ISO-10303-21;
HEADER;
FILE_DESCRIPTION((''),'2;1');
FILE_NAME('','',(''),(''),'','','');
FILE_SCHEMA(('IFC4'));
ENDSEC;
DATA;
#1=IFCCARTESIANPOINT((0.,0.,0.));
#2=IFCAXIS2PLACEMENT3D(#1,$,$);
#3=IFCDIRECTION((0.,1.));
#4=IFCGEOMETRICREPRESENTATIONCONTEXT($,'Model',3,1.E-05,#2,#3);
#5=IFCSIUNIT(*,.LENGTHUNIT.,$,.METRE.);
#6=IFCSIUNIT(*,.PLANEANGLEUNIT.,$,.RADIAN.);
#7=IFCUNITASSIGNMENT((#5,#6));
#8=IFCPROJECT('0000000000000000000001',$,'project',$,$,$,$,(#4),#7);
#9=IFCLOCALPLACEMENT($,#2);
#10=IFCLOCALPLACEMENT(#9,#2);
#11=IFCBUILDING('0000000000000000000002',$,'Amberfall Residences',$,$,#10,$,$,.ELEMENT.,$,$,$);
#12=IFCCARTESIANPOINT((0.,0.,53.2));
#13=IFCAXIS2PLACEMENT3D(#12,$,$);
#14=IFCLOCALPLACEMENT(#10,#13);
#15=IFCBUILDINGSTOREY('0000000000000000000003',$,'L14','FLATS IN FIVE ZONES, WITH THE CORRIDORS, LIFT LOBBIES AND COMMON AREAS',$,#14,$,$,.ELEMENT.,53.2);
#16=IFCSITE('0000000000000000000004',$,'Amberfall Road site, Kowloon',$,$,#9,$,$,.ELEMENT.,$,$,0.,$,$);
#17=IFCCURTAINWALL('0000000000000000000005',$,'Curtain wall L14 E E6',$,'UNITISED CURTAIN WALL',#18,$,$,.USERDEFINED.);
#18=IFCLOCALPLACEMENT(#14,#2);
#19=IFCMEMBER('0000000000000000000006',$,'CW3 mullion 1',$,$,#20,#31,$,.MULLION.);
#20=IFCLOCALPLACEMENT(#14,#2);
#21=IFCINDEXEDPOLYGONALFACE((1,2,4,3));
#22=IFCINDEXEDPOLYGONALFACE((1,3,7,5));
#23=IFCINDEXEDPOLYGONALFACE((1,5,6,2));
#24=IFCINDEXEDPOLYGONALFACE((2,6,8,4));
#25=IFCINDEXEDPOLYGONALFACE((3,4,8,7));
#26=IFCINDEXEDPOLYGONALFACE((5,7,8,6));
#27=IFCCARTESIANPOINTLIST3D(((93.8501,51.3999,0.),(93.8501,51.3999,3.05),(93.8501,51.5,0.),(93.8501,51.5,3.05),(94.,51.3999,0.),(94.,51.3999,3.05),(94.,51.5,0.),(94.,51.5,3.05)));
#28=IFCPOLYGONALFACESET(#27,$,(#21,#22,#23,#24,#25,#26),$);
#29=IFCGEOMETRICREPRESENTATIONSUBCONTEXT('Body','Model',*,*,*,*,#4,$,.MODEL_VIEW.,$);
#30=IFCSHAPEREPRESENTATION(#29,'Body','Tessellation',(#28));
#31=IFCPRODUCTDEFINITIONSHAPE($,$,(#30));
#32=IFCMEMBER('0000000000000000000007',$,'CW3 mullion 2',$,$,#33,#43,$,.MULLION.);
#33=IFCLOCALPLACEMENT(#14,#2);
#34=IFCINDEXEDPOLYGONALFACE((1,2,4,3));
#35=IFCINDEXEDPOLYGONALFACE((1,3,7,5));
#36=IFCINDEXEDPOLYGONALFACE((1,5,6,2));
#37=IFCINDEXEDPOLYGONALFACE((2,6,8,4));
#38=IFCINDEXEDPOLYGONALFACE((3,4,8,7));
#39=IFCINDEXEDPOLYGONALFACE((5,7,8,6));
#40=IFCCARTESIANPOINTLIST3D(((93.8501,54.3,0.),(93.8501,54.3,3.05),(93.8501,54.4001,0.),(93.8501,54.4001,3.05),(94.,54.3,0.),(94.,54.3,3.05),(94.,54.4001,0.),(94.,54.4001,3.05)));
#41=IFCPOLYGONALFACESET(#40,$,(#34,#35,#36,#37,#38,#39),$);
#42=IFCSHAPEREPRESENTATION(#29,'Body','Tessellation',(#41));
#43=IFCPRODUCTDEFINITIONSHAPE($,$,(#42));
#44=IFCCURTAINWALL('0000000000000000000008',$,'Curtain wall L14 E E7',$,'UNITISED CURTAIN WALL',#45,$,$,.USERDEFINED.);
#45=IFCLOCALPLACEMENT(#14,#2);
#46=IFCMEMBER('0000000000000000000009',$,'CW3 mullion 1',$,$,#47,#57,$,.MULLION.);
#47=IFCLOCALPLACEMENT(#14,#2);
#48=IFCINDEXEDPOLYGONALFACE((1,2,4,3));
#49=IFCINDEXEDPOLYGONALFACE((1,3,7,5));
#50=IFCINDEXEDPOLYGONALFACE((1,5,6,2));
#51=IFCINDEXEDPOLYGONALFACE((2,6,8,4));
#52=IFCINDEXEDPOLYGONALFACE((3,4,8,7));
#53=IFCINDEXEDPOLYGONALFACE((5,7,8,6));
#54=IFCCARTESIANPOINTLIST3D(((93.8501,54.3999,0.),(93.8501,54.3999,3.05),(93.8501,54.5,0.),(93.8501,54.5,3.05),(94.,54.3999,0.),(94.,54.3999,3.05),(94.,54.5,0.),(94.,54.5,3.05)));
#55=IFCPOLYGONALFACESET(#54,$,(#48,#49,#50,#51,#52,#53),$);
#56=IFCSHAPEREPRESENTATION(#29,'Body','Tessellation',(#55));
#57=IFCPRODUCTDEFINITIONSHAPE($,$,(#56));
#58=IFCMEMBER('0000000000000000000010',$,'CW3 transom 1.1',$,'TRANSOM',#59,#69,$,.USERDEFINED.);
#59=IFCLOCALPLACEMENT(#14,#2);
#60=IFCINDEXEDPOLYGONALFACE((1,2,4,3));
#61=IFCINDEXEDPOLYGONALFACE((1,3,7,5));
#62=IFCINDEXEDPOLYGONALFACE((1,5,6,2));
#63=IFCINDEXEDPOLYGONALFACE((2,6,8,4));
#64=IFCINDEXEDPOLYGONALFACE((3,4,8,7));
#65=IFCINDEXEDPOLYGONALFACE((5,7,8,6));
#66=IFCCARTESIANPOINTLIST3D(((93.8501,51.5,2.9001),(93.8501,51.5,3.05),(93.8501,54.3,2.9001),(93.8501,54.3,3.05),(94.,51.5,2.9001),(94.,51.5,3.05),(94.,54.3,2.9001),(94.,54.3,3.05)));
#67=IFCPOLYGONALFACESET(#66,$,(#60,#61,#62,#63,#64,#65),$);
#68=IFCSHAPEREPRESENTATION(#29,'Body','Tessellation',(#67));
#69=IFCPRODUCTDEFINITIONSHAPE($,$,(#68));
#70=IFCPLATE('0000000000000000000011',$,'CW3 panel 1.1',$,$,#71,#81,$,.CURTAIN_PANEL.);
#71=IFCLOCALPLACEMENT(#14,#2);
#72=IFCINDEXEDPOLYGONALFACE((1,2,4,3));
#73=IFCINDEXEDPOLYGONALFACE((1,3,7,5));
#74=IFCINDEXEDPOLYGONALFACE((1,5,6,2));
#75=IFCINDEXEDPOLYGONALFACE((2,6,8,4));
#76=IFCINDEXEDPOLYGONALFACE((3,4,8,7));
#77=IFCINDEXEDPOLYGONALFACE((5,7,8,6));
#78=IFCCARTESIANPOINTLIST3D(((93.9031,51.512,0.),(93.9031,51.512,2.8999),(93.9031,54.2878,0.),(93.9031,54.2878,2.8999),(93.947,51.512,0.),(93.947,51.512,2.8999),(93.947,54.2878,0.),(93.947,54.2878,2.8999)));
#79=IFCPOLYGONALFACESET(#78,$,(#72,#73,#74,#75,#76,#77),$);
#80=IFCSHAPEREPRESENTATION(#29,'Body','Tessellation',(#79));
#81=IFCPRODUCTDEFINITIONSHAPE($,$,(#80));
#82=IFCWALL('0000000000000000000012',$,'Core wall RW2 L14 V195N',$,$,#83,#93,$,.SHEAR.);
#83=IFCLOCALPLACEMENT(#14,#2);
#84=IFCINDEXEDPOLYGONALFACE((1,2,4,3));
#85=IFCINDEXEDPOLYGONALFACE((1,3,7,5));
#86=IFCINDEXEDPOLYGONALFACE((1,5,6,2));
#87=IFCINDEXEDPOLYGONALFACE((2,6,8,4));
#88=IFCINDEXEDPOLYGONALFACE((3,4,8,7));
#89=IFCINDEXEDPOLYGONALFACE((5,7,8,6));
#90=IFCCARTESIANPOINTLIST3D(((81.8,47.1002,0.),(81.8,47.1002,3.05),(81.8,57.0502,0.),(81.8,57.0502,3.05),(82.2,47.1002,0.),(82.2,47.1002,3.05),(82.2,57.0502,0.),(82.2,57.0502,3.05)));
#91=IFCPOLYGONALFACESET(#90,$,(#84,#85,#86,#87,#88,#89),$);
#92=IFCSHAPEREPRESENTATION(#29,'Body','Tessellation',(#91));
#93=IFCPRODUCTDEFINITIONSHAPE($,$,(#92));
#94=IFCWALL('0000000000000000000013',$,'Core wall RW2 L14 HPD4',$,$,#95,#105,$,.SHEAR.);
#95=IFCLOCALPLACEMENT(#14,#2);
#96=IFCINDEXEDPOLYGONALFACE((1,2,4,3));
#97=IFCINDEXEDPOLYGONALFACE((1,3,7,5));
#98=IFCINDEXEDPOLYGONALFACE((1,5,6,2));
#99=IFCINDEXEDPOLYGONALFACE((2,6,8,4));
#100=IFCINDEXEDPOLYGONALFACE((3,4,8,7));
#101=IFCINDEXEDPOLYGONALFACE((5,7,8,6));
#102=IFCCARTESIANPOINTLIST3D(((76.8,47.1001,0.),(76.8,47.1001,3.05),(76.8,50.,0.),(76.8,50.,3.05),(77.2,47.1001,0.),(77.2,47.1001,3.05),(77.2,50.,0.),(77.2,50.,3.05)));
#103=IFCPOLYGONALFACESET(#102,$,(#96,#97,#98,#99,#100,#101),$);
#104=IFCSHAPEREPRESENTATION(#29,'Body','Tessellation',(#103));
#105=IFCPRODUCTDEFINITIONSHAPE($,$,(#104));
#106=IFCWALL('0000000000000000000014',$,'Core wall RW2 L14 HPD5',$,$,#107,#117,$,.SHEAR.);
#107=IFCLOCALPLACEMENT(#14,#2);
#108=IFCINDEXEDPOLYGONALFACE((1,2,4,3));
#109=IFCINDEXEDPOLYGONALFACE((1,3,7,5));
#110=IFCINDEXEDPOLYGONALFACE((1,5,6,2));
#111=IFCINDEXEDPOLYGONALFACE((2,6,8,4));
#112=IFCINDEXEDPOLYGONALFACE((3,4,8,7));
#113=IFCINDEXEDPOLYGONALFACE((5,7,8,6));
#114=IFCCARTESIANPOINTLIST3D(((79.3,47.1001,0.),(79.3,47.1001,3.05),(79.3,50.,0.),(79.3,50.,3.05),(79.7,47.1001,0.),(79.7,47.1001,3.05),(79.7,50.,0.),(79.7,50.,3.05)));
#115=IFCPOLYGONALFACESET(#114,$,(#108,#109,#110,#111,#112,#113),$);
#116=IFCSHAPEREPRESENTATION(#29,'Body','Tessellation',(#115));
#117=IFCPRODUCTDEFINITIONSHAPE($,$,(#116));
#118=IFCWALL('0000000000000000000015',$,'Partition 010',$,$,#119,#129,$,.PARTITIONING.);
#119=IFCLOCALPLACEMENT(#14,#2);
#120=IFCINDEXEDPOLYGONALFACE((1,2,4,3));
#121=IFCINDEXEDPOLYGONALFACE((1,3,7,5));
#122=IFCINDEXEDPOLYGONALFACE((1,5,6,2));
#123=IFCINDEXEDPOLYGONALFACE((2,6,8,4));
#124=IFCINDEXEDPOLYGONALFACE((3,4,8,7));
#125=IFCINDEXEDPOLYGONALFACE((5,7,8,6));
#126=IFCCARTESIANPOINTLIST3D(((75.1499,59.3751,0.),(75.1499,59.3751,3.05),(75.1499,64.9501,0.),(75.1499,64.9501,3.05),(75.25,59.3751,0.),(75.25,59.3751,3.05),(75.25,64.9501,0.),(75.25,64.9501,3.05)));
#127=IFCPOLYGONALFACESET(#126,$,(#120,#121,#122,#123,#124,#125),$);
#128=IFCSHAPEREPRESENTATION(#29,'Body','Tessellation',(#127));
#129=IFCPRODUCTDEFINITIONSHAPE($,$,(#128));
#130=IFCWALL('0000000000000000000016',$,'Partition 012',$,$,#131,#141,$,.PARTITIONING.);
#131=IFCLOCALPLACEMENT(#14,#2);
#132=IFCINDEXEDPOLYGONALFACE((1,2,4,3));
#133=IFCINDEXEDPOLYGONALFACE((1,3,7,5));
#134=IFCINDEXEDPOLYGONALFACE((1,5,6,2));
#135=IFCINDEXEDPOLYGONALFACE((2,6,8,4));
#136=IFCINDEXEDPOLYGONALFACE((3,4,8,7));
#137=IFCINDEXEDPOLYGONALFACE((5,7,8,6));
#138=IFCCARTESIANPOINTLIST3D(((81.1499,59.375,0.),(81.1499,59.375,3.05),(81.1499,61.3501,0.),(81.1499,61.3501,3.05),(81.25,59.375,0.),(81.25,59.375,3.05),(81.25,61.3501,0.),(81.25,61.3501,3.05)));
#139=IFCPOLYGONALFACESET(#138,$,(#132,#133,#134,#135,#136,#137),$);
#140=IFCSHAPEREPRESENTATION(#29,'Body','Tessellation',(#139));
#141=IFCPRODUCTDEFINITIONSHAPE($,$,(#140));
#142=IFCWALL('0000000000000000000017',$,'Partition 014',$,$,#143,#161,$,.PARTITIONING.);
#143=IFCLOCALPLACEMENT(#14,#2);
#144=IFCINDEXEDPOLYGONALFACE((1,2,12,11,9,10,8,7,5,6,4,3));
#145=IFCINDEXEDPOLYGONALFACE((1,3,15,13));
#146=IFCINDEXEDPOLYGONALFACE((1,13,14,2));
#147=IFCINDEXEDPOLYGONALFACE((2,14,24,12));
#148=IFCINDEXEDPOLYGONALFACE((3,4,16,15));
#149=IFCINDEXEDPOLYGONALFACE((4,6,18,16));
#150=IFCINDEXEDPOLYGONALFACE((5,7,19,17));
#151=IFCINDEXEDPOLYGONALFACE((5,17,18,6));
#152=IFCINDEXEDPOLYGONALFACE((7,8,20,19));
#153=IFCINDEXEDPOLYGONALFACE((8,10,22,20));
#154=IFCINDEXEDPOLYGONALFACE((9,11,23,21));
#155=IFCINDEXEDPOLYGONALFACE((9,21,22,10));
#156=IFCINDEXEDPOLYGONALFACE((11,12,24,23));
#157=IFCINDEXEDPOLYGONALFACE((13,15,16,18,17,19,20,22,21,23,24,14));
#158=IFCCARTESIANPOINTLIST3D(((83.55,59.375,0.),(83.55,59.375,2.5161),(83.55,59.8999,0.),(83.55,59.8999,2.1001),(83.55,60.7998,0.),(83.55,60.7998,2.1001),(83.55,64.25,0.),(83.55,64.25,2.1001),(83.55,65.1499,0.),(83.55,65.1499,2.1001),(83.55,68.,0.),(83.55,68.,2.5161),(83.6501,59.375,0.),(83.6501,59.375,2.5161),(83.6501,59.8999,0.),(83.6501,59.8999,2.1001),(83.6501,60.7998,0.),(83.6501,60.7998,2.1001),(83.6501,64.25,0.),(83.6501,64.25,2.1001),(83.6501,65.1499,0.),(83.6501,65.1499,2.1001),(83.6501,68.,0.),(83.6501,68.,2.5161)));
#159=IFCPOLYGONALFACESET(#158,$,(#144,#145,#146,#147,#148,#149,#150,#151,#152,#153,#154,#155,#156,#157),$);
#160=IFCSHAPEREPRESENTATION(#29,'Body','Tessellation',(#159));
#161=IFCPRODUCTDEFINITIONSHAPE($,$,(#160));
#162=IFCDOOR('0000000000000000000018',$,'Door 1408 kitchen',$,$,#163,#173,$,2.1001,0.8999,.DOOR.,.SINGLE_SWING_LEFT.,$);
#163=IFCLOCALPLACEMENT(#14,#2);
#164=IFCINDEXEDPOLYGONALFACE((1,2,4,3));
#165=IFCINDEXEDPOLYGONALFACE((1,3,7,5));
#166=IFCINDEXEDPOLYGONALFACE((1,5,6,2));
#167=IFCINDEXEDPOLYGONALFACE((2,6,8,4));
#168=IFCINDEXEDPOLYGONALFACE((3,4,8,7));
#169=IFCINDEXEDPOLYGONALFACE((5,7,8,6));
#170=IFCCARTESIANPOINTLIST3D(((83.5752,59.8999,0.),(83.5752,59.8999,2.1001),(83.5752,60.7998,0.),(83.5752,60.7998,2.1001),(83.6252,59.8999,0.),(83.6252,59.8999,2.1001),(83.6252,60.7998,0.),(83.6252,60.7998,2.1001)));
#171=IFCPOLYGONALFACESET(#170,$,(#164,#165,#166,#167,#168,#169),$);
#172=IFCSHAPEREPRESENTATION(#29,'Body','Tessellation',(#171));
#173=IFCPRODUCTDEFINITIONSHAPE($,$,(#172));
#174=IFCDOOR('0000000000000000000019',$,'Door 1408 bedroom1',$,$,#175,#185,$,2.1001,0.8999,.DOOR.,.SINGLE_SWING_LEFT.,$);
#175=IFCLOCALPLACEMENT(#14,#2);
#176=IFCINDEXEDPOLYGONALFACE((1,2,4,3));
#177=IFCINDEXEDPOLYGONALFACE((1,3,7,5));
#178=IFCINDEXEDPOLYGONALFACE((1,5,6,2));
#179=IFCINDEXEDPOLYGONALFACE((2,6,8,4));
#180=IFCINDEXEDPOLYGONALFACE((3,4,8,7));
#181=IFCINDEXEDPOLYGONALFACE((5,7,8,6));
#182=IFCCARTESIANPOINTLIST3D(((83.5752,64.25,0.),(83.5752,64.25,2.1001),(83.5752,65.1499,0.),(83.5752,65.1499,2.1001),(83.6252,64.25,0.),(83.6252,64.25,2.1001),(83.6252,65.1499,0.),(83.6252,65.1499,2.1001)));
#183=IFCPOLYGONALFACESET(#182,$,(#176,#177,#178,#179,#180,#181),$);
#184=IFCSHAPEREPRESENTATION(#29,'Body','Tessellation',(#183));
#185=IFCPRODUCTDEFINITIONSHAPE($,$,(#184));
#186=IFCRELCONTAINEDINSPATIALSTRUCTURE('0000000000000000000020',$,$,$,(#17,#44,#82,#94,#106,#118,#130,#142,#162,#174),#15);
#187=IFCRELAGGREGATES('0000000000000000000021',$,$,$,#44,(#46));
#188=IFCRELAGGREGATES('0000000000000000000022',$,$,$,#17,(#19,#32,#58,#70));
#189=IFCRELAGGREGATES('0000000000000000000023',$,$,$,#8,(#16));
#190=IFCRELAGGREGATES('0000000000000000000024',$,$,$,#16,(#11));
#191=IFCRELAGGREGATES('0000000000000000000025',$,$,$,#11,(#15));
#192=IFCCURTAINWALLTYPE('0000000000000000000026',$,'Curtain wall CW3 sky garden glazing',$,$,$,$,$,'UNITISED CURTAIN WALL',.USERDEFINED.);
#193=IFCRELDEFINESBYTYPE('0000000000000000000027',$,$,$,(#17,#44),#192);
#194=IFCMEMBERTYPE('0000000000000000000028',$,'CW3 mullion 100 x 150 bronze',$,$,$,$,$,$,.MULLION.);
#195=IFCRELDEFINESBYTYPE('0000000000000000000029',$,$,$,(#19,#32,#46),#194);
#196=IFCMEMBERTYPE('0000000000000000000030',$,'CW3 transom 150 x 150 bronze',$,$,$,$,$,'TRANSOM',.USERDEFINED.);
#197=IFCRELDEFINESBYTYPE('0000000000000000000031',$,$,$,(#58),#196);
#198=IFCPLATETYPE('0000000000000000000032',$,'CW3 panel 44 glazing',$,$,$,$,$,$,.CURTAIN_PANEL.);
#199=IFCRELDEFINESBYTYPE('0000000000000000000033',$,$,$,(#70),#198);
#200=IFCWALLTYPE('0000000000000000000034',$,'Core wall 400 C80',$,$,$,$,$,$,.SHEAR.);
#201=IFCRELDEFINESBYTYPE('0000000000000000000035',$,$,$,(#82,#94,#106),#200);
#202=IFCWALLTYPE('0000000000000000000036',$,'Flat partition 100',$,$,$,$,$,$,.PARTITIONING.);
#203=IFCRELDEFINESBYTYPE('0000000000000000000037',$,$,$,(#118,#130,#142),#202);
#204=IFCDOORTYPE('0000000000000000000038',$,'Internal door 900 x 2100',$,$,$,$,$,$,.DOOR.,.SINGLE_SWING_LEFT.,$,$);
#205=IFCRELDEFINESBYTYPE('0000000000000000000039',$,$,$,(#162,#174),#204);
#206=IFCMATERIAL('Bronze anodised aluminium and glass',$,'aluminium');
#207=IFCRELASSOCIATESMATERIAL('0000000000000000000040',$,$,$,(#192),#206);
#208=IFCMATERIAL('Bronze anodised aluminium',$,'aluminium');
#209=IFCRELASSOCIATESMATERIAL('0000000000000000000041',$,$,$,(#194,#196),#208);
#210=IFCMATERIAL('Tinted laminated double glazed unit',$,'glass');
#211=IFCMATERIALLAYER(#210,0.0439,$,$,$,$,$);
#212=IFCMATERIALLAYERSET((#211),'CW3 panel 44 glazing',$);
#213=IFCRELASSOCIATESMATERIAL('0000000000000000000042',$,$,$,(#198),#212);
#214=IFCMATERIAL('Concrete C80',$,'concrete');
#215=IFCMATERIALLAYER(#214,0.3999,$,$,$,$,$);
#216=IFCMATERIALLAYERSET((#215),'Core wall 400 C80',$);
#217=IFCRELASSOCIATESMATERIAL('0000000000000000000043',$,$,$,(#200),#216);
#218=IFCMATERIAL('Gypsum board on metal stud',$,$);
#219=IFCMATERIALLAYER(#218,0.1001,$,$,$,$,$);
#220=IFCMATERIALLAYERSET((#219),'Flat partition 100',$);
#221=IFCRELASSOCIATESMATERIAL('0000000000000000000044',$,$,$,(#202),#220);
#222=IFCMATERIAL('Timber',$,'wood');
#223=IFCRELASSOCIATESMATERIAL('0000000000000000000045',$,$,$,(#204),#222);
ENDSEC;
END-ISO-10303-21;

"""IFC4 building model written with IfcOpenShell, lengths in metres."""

from ifc_helpers import new_model, si_unit, direction, frame, frame_2d, origin, origin_2d, place, context, subcontext, project, spatial, rectangle, extrude, material, layer, layer_set, material_profile, profile_set, type_object, element, fill, aggregate, save


model = new_model("IFC4")

# Units and contexts
model_context = context("Model", 3, precision=1e-05, world=origin(), true_north=direction((0.0, 1.0)))
body_context = subcontext(model_context, "Body", "Model", "MODEL_VIEW")
ifc_project = project(units=[si_unit("LENGTHUNIT", "METRE"), si_unit("PLANEANGLEUNIT", "RADIAN")], contexts=[model_context])

# Site, building, storey
site_placement = place(None, origin())
site = spatial("IfcSite", under=ifc_project, at=site_placement, Name="Amberfall Road site, Kowloon", CompositionType="ELEMENT", RefElevation=0.0)
building_placement = place(site_placement, origin())
building = spatial("IfcBuilding", under=site, at=building_placement, Name="Amberfall Residences", CompositionType="ELEMENT")
storey_placement = place(building_placement, frame((0.0, 0.0, 53.2)))
storey = spatial("IfcBuildingStorey", under=building, at=storey_placement, Name="L14", Description="FLATS IN FIVE ZONES, WITH THE CORRIDORS, LIFT LOBBIES AND COMMON AREAS", CompositionType="ELEMENT", Elevation=53.2)

# Curtain wall, members
ifc_material_1 = material(Name="Bronze anodised aluminium and glass", Category="aluminium")
curtain_wall_type = type_object("IfcCurtainWallType", Name="Curtain wall CW3 sky garden glazing", ElementType="UNITISED CURTAIN WALL", PredefinedType="USERDEFINED", material=ifc_material_1)
curtain_wall_1_placement = place(storey_placement, origin())
curtain_wall_1 = element("IfcCurtainWall", 1, at=curtain_wall_1_placement, inside=storey, type_object=curtain_wall_type, Name="Curtain wall L14 E E6", ObjectType="UNITISED CURTAIN WALL", PredefinedType="USERDEFINED")
ifc_material_2 = material(Name="Bronze anodised aluminium", Category="aluminium")
ifc_material_profile_1 = material_profile(ifc_material_2, rectangle(XDim=0.1499, YDim=0.1001, at=origin_2d()), Name="CW3 mullion 100 x 150 bronze")
ifc_profile_set_1 = profile_set([ifc_material_profile_1], Name="Bronze anodised aluminium")
member_type_1 = type_object("IfcMemberType", Name="CW3 mullion 100 x 150 bronze", PredefinedType="MULLION", material=ifc_profile_set_1)
member_1_placement = place(storey_placement, frame((93.925, 51.45, 0.0), z_axis=(0.0, 0.0, 1.0), x_axis=(-1.0, 0.0, 0.0)))
member_1 = element("IfcMember", 2, at=member_1_placement, type_object=member_type_1, Name="CW3 mullion 1", PredefinedType="MULLION", context=body_context, shape_type="SweptSolid", body=[
    extrude(rectangle(XDim=0.1499, YDim=0.1001, at=origin_2d()), origin(), (0.0, 0.0, 1.0), 3.05),
])
member_2_placement = place(storey_placement, frame((93.925, 54.3501, 0.0), z_axis=(0.0, 0.0, 1.0), x_axis=(-1.0, 0.0, 0.0)))
member_2 = element("IfcMember", 3, at=member_2_placement, type_object=member_type_1, Name="CW3 mullion 2", PredefinedType="MULLION", context=body_context, shape_type="SweptSolid", body=[
    extrude(rectangle(XDim=0.1499, YDim=0.1001, at=origin_2d()), origin(), (0.0, 0.0, 1.0), 3.05),
])

# Curtain wall, member
curtain_wall_2_placement = place(storey_placement, origin())
curtain_wall_2 = element("IfcCurtainWall", 4, at=curtain_wall_2_placement, inside=storey, type_object=curtain_wall_type, Name="Curtain wall L14 E E7", ObjectType="UNITISED CURTAIN WALL", PredefinedType="USERDEFINED")
member_3_placement = place(storey_placement, frame((93.925, 54.45, 0.0), z_axis=(0.0, 0.0, 1.0), x_axis=(-1.0, 0.0, 0.0)))
member_3 = element("IfcMember", 5, at=member_3_placement, type_object=member_type_1, Name="CW3 mullion 1", PredefinedType="MULLION", context=body_context, shape_type="SweptSolid", body=[
    extrude(rectangle(XDim=0.1499, YDim=0.1001, at=origin_2d()), origin(), (0.0, 0.0, 1.0), 3.05),
])
aggregate(curtain_wall_2, [member_3])

# Member
ifc_material_profile_2 = material_profile(ifc_material_2, rectangle(XDim=0.1499, YDim=0.1499, at=origin_2d()), Name="CW3 transom 150 x 150 bronze")
ifc_profile_set_2 = profile_set([ifc_material_profile_2], Name="Bronze anodised aluminium")
member_type_2 = type_object("IfcMemberType", Name="CW3 transom 150 x 150 bronze", ElementType="TRANSOM", PredefinedType="USERDEFINED", material=ifc_profile_set_2)
member_4_placement = place(storey_placement, frame((93.925, 51.5, 2.9751), z_axis=(0.0, 1.0, 0.0), x_axis=(-1.0, 0.0, 0.0)))
member_4 = element("IfcMember", 6, at=member_4_placement, type_object=member_type_2, Name="CW3 transom 1.1", ObjectType="TRANSOM", PredefinedType="USERDEFINED", context=body_context, shape_type="SweptSolid", body=[
    extrude(rectangle(XDim=0.1499, YDim=0.1499, at=origin_2d()), origin(), (0.0, 0.0, 1.0), 2.8),
])

# Plate
ifc_material_3 = material(Name="Tinted laminated double glazed unit", Category="glass")
ifc_layer_1 = layer(ifc_material_3, 0.0439)
ifc_layer_set_1 = layer_set([ifc_layer_1], Name="CW3 panel 44 glazing")
plate_type = type_object("IfcPlateType", Name="CW3 panel 44 glazing", PredefinedType="CURTAIN_PANEL", material=ifc_layer_set_1)
plate_placement = place(storey_placement, frame((93.925, 52.8999, 0.0), z_axis=(0.0, 0.0, 1.0), x_axis=(0.0, 1.0, 0.0)))
plate = element("IfcPlate", 7, at=plate_placement, type_object=plate_type, Name="CW3 panel 1.1", PredefinedType="CURTAIN_PANEL", context=body_context, shape_type="SweptSolid", body=[
    extrude(rectangle(XDim=2.7759, YDim=0.0439, at=origin_2d()), origin(), (0.0, 0.0, 1.0), 2.8999),
])
aggregate(curtain_wall_1, [member_1, member_2, member_4, plate])

# Walls
ifc_material_4 = material(Name="Concrete C80", Category="concrete")
ifc_layer_2 = layer(ifc_material_4, 0.3999)
ifc_layer_set_2 = layer_set([ifc_layer_2], Name="Core wall 400 C80")
wall_type_1 = type_object("IfcWallType", Name="Core wall 400 C80", PredefinedType="SHEAR", material=ifc_layer_set_2)
wall_1_placement = place(storey_placement, frame((82.0, 47.1001, 0.0), z_axis=(0.0, 0.0, 1.0), x_axis=(0.0, 1.0, 0.0)))
element("IfcWall", 8, at=wall_1_placement, inside=storey, type_object=wall_type_1, Name="Core wall RW2 L14 V195N", PredefinedType="SHEAR", context=body_context, shape_type="SweptSolid", body=[
    extrude(rectangle(XDim=9.95, YDim=0.3999, at=frame_2d((4.9751, 0.0))), origin(), (0.0, 0.0, 1.0), 3.05),
])
for number, where, z_axis, x_axis, name in (
    (9, (77.0, 47.1001, 0.0), (0.0, 0.0, 1.0), (0.0, 1.0, 0.0), "Core wall RW2 L14 HPD4"),
    (10, (79.5, 47.1001, 0.0), (0.0, 0.0, 1.0), (0.0, 1.0, 0.0), "Core wall RW2 L14 HPD5"),
):
    element("IfcWall", number, at=place(storey_placement, frame(where, z_axis=z_axis, x_axis=x_axis)), inside=storey, type_object=wall_type_1, Name=name, PredefinedType="SHEAR", context=body_context, shape_type="SweptSolid", body=[
        extrude(rectangle(XDim=2.8999, YDim=0.3999, at=frame_2d((1.45, 0.0))), origin(), (0.0, 0.0, 1.0), 3.05),
    ])
ifc_material_5 = material(Name="Gypsum board on metal stud")
ifc_layer_3 = layer(ifc_material_5, 0.1001)
ifc_layer_set_3 = layer_set([ifc_layer_3], Name="Flat partition 100")
wall_type_2 = type_object("IfcWallType", Name="Flat partition 100", PredefinedType="PARTITIONING", material=ifc_layer_set_3)
wall_2_placement = place(storey_placement, frame((75.2, 59.375, 0.0), z_axis=(0.0, 0.0, 1.0), x_axis=(0.0, 1.0, 0.0)))
element("IfcWall", 11, at=wall_2_placement, inside=storey, type_object=wall_type_2, Name="Partition 010", PredefinedType="PARTITIONING", context=body_context, shape_type="SweptSolid", body=[
    extrude(rectangle(XDim=5.575, YDim=0.1001, at=frame_2d((2.7876, 0.0))), origin(), (0.0, 0.0, 1.0), 3.05),
])
wall_3_placement = place(storey_placement, frame((81.2, 59.375, 0.0), z_axis=(0.0, 0.0, 1.0), x_axis=(0.0, 1.0, 0.0)))
element("IfcWall", 12, at=wall_3_placement, inside=storey, type_object=wall_type_2, Name="Partition 012", PredefinedType="PARTITIONING", context=body_context, shape_type="SweptSolid", body=[
    extrude(rectangle(XDim=1.9751, YDim=0.1001, at=frame_2d((0.9875, 0.0))), origin(), (0.0, 0.0, 1.0), 3.05),
])

# Wall, openings, doors
wall_4_placement = place(storey_placement, frame((83.6001, 59.375, 0.0), z_axis=(0.0, 0.0, 1.0), x_axis=(0.0, 1.0, 0.0)))
wall_4 = element("IfcWall", 13, at=wall_4_placement, inside=storey, type_object=wall_type_2, Name="Partition 014", PredefinedType="PARTITIONING", context=body_context, shape_type="SweptSolid", body=[
    extrude(rectangle(XDim=8.625, YDim=0.1001, at=frame_2d((4.3125, 0.0))), origin(), (0.0, 0.0, 1.0), 2.5161),
])
opening_1_placement = place(wall_4_placement, frame((0.5249, 0.0, 0.0)))
opening_1 = element("IfcOpeningElement", 14, at=opening_1_placement, cuts=wall_4, PredefinedType="OPENING", context=body_context, shape_type="SweptSolid", body=[
    extrude(rectangle(XDim=0.8999, YDim=2.1001, at=frame_2d((0.45, 1.05))), frame((0.0, 0.0601, 0.0), z_axis=(0.0, -1.0, 0.0), x_axis=(1.0, 0.0, 0.0)), (0.0, 0.0, 1.0), 0.1201),
])
opening_2_placement = place(wall_4_placement, frame((4.875, 0.0, 0.0)))
opening_2 = element("IfcOpeningElement", 15, at=opening_2_placement, cuts=wall_4, PredefinedType="OPENING", context=body_context, shape_type="SweptSolid", body=[
    extrude(rectangle(XDim=0.8999, YDim=2.1001, at=frame_2d((0.45, 1.05))), frame((0.0, 0.0601, 0.0), z_axis=(0.0, -1.0, 0.0), x_axis=(1.0, 0.0, 0.0)), (0.0, 0.0, 1.0), 0.1201),
])
ifc_material_6 = material(Name="Timber", Category="wood")
door_type_1 = type_object("IfcDoorType", Name="Internal door 900 x 2100", OperationType="SINGLE_SWING_LEFT", PredefinedType="DOOR", material=ifc_material_6)
door_1_placement = place(opening_1_placement, origin())
door_1 = element("IfcDoor", 16, at=door_1_placement, inside=storey, type_object=door_type_1, Name="Door 1408 kitchen", OperationType="SINGLE_SWING_LEFT", OverallHeight=2.1001, OverallWidth=0.8999, PredefinedType="DOOR", context=body_context, shape_type="SweptSolid", body=[
    extrude(rectangle(XDim=0.8999, YDim=2.1001, at=frame_2d((0.45, 1.05))), frame((0.0, 0.0249, 0.0), z_axis=(0.0, -1.0, 0.0), x_axis=(1.0, 0.0, 0.0)), (0.0, 0.0, 1.0), 0.05),
])
fill(opening_1, door_1)
door_2_placement = place(opening_2_placement, origin())
door_2 = element("IfcDoor", 17, at=door_2_placement, inside=storey, type_object=door_type_1, Name="Door 1408 bedroom1", OperationType="SINGLE_SWING_LEFT", OverallHeight=2.1001, OverallWidth=0.8999, PredefinedType="DOOR", context=body_context, shape_type="SweptSolid", body=[
    extrude(rectangle(XDim=0.8999, YDim=2.1001, at=frame_2d((0.45, 1.05))), frame((0.0, 0.0249, 0.0), z_axis=(0.0, -1.0, 0.0), x_axis=(1.0, 0.0, 0.0)), (0.0, 0.0, 1.0), 0.05),
])
fill(opening_2, door_2)

save(model, "model.ifc")
